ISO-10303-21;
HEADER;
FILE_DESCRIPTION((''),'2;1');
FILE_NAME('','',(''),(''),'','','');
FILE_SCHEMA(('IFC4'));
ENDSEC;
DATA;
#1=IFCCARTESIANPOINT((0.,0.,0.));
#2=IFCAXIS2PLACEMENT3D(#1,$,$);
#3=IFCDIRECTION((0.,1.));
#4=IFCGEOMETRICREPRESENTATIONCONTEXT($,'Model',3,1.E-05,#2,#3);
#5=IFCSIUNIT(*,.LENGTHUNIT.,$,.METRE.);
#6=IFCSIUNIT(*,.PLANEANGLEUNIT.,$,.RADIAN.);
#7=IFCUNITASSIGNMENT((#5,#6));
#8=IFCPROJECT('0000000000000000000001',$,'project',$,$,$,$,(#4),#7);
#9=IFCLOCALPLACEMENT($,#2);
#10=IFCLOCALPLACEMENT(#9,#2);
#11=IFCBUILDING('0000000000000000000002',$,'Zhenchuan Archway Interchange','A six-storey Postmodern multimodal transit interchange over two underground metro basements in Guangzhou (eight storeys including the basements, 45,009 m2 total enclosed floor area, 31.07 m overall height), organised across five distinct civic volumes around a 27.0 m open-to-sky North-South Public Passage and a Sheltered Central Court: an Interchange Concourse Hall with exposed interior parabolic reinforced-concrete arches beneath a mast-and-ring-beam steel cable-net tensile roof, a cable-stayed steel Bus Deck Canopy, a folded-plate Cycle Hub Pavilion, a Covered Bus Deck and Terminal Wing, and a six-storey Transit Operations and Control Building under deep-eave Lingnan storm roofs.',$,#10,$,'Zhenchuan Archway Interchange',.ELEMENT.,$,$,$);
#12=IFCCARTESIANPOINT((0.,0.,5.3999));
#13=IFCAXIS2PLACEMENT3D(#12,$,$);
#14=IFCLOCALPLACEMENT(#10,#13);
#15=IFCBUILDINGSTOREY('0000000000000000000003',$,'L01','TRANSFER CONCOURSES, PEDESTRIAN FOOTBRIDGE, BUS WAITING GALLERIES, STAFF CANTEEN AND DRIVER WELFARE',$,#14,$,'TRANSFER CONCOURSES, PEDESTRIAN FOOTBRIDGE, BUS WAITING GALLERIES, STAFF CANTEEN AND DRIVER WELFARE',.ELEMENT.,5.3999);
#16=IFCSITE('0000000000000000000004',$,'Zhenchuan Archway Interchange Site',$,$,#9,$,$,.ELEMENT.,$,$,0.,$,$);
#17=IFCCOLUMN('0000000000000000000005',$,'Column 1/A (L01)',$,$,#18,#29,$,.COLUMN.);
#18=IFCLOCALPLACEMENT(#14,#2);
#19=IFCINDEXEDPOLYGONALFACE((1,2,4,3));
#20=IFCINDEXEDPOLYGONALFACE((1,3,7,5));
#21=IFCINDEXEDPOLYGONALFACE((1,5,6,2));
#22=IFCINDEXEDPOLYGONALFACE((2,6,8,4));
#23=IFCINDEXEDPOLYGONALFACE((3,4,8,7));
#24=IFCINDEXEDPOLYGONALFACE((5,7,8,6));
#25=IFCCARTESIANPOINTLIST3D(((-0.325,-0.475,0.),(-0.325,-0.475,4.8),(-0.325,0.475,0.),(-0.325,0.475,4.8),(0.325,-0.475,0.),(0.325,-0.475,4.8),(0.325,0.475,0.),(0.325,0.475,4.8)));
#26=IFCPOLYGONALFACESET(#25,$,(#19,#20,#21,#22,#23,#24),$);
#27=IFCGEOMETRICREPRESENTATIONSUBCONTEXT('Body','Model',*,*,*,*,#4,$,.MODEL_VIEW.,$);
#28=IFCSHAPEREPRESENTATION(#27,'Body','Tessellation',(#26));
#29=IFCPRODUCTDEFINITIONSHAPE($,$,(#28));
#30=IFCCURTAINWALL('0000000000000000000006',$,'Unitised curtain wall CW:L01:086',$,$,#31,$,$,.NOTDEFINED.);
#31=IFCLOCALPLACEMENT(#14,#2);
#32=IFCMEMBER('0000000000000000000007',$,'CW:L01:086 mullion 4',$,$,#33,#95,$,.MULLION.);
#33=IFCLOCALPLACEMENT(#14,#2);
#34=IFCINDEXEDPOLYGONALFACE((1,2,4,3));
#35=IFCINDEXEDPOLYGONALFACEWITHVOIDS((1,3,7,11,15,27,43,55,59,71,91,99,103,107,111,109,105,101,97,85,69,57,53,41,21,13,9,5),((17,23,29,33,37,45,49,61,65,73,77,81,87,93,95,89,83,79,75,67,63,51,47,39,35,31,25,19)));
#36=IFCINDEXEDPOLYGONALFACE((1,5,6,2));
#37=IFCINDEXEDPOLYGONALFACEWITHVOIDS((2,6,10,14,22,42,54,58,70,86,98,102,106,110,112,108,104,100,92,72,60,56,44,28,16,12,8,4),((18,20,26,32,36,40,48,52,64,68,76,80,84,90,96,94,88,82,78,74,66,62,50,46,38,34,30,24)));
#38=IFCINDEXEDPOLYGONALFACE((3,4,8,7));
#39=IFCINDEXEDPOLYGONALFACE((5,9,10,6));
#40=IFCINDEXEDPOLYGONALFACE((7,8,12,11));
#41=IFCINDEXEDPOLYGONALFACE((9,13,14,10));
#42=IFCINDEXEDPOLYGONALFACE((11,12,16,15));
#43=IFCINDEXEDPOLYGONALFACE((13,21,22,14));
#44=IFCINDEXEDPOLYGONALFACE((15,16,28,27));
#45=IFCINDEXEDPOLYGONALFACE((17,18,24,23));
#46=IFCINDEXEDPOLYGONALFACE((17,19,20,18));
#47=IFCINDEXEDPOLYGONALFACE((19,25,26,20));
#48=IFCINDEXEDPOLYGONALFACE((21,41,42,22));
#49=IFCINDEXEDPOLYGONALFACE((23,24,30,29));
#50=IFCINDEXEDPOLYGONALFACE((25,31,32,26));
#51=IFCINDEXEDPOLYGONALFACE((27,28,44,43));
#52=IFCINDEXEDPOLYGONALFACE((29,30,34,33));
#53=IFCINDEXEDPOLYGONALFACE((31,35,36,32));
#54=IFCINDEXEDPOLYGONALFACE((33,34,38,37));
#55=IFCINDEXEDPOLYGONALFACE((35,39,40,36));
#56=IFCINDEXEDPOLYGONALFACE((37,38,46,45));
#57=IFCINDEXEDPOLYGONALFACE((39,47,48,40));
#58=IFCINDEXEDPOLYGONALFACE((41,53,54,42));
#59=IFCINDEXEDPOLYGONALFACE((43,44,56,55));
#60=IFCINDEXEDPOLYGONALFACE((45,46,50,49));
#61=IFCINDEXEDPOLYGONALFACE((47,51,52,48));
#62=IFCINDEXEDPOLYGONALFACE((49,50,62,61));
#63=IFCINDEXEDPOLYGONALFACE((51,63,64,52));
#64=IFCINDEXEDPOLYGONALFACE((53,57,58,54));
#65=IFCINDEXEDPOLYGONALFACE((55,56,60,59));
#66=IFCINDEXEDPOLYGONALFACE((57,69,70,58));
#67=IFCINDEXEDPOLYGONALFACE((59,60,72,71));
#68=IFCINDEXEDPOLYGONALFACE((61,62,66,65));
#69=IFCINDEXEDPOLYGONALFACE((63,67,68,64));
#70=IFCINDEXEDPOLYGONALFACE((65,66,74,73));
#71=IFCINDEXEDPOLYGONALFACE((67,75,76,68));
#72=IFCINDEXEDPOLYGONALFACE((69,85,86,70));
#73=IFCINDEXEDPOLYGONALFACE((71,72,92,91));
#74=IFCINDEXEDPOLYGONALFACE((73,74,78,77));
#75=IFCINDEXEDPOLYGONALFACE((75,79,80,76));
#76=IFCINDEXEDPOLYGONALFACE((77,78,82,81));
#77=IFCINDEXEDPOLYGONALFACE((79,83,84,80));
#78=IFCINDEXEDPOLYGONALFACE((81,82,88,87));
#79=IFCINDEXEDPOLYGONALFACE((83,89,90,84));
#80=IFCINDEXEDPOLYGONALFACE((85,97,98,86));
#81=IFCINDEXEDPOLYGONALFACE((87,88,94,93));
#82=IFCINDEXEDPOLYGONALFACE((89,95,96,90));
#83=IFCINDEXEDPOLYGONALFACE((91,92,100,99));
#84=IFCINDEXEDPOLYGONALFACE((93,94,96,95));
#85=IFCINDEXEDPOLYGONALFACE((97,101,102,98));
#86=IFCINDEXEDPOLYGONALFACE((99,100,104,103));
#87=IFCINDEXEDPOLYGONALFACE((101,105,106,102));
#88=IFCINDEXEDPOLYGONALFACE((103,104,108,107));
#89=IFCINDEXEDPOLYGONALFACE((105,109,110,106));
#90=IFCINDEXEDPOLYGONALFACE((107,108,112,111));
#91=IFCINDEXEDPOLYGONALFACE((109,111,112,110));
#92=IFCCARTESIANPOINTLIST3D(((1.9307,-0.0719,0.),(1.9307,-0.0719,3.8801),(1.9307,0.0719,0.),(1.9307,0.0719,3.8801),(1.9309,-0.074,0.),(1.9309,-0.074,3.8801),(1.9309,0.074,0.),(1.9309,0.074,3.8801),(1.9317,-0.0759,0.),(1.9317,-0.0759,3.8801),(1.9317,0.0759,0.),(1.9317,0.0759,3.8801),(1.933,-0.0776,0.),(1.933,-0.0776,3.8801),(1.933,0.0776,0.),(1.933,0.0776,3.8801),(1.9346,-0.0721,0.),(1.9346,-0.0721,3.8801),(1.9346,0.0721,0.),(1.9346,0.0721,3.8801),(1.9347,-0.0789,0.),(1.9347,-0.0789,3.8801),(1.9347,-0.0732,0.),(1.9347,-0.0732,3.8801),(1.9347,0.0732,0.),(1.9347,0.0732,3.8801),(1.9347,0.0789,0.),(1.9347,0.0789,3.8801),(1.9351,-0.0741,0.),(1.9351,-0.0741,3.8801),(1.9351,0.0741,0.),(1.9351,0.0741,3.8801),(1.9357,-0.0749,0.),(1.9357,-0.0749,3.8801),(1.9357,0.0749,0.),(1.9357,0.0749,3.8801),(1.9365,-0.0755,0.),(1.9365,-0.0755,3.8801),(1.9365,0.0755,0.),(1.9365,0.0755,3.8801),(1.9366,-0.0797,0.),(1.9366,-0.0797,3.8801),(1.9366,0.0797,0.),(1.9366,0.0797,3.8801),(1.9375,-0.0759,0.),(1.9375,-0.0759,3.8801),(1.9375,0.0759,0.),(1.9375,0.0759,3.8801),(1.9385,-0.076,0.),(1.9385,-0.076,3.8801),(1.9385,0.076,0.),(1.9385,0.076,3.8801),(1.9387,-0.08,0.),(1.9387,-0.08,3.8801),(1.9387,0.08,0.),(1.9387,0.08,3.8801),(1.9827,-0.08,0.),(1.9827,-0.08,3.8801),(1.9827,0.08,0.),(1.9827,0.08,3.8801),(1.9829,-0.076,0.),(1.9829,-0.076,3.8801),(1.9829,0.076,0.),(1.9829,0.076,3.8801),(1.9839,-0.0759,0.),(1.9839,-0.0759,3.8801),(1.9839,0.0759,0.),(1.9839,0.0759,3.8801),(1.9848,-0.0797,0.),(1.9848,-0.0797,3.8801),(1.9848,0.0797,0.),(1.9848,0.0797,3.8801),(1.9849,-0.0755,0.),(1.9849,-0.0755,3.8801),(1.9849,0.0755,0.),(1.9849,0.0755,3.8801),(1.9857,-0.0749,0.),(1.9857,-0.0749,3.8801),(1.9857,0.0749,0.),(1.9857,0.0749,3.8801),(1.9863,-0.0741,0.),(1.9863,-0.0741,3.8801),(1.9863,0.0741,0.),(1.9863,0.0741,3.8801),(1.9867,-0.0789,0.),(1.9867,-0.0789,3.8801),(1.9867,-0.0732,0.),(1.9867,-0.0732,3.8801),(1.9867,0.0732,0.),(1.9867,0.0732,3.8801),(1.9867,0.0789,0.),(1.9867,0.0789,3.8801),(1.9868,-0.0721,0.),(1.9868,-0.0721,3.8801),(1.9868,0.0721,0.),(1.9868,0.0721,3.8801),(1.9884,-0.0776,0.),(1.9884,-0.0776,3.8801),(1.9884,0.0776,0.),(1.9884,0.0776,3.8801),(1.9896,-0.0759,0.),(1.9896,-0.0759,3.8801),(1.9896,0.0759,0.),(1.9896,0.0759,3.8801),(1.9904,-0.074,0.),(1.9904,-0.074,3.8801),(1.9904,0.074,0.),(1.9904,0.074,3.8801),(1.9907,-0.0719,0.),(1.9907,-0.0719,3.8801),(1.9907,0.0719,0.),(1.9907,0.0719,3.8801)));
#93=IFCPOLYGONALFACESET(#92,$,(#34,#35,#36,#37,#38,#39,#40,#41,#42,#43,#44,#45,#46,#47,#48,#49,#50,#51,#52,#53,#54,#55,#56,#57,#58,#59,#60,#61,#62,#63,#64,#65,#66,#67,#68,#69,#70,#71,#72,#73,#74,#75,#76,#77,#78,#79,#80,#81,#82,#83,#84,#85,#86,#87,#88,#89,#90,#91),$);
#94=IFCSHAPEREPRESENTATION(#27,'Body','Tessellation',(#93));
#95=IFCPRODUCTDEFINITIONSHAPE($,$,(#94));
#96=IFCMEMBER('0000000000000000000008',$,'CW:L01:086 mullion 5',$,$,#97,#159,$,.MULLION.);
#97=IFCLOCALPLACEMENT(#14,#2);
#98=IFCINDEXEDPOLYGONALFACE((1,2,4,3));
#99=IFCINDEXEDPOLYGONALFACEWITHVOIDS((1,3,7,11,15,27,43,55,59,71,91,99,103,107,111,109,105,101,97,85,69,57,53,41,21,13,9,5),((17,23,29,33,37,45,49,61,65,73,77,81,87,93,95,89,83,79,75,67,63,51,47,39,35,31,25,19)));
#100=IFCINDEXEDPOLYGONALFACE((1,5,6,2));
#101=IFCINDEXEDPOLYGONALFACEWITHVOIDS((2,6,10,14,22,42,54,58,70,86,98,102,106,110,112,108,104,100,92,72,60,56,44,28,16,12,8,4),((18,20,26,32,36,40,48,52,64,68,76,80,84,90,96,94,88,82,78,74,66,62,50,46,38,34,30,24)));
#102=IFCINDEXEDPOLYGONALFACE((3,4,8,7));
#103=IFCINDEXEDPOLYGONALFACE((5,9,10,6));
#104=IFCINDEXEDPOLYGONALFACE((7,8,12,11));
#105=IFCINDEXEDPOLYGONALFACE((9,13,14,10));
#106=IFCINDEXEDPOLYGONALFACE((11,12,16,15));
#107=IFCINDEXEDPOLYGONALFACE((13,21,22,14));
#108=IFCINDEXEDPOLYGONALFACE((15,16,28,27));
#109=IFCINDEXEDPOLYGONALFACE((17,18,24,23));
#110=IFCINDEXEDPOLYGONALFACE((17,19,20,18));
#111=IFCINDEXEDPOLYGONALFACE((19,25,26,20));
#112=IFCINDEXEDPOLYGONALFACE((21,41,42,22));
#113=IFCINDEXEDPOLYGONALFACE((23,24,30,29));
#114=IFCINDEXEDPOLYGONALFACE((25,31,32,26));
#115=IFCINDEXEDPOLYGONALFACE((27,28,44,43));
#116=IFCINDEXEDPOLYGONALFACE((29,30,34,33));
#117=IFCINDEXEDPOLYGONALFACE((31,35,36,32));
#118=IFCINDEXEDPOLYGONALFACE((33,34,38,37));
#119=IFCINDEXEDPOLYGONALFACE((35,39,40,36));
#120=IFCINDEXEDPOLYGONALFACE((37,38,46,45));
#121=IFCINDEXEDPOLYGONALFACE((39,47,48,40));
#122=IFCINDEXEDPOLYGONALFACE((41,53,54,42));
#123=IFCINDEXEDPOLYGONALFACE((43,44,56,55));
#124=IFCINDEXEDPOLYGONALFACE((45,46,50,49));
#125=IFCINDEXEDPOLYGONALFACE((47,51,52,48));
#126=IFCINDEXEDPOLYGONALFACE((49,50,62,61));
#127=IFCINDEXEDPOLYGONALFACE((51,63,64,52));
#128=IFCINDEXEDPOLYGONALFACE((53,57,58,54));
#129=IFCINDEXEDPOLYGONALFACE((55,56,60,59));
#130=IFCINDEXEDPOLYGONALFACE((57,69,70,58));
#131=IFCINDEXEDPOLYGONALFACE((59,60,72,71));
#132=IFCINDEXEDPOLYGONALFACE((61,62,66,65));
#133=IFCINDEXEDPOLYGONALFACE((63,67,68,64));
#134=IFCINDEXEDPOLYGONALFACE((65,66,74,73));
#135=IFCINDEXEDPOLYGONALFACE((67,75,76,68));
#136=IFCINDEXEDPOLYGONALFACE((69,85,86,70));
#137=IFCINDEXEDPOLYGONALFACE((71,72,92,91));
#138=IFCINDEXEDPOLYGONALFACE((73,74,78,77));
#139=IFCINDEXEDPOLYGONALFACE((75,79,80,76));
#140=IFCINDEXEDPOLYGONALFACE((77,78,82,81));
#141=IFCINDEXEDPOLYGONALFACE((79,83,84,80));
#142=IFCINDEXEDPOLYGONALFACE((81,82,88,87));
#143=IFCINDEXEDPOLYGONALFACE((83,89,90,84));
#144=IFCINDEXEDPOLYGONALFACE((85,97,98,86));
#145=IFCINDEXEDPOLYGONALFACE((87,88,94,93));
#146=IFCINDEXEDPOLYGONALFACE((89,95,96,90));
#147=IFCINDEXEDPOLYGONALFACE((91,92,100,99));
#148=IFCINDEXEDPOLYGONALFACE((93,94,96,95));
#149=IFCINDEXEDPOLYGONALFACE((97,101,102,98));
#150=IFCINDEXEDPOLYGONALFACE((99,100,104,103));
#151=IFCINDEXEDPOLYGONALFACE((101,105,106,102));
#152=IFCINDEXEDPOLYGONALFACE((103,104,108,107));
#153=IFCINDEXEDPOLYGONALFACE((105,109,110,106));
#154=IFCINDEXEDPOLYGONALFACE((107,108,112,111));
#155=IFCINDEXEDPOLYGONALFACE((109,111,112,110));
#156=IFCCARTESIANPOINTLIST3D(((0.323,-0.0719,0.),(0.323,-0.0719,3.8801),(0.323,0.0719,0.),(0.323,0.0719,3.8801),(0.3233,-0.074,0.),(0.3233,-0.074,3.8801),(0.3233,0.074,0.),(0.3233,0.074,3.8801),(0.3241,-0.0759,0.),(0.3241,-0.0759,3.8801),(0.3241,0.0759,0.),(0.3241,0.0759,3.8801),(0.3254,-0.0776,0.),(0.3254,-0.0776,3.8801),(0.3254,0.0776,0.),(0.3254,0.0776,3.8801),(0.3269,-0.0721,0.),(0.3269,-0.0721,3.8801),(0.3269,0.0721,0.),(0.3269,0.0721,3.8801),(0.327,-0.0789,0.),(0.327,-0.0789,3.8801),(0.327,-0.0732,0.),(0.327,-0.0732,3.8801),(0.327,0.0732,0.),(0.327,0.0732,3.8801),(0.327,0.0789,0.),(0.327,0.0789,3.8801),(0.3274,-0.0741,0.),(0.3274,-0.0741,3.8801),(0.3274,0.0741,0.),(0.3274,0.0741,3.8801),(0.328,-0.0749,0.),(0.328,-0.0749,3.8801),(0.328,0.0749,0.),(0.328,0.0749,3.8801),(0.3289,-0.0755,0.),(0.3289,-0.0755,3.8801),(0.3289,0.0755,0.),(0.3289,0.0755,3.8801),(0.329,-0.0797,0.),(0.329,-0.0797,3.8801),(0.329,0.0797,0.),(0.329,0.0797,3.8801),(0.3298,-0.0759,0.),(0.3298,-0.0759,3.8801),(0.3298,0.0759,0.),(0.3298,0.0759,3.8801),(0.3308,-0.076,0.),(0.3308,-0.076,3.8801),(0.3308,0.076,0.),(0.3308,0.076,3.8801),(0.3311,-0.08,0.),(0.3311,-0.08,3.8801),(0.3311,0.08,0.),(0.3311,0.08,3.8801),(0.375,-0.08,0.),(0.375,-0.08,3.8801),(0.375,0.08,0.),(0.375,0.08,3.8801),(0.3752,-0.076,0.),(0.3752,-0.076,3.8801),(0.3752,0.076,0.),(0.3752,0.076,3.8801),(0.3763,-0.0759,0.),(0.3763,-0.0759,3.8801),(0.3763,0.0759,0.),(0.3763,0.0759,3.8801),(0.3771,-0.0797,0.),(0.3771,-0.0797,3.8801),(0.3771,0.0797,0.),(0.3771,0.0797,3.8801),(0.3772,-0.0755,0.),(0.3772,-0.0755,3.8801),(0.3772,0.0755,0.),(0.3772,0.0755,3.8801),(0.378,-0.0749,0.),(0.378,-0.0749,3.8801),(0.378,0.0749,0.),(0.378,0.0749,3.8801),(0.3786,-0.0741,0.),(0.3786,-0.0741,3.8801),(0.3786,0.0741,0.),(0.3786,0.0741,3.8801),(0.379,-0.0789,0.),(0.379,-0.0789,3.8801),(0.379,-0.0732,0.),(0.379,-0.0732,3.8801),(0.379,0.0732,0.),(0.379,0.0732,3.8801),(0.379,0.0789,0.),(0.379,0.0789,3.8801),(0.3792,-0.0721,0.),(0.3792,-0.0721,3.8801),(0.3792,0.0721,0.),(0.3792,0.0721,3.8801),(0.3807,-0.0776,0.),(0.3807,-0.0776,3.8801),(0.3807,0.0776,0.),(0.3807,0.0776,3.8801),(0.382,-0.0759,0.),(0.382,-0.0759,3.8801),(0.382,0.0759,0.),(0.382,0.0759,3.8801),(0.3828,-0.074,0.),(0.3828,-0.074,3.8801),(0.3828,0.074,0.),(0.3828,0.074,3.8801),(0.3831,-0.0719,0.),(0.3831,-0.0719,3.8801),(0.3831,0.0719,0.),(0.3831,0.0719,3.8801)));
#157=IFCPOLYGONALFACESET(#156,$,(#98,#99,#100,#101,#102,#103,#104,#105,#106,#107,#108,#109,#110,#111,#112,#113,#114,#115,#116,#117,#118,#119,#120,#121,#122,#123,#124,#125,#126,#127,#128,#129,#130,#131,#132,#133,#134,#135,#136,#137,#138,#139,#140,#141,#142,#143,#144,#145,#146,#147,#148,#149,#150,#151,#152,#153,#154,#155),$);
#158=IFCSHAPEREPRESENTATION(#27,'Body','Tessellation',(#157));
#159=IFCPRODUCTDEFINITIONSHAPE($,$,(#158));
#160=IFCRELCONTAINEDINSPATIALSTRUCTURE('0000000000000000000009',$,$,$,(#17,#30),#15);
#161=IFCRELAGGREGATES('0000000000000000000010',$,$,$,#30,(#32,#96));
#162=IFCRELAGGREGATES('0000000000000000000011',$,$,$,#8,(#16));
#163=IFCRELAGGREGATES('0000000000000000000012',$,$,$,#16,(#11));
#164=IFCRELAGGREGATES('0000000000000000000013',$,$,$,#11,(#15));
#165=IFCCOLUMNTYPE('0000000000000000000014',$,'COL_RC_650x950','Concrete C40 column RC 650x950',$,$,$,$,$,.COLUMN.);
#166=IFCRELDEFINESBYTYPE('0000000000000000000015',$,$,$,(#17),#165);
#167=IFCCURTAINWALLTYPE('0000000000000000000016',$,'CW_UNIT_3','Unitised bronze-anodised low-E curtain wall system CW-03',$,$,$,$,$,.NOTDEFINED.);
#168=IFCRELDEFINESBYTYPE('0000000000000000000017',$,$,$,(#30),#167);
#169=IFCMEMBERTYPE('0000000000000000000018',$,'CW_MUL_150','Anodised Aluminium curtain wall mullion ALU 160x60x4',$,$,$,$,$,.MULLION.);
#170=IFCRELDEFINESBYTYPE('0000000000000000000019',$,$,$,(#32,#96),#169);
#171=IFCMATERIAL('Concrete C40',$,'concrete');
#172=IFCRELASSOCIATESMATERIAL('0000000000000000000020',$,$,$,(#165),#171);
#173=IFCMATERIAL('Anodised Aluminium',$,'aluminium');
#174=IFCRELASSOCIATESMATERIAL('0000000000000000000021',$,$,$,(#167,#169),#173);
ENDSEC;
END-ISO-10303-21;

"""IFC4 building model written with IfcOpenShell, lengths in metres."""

from ifc_helpers import new_model, si_unit, direction, frame, origin, origin_with_axes, origin_2d, place, context, subcontext, project, spatial, rectangle, hollow_rectangle, extrude, material, material_profile, profile_set, type_object, element, aggregate, save


model = new_model("IFC4")

# Units and contexts
model_context = context("Model", 3, precision=1e-05, world=origin(), true_north=direction((0.0, 1.0)))
body_context = subcontext(model_context, "Body", "Model", "MODEL_VIEW")
ifc_project = project(units=[si_unit("LENGTHUNIT", "METRE"), si_unit("PLANEANGLEUNIT", "RADIAN")], contexts=[model_context])

# Site, building, storey
site_placement = place(None, origin())
site = spatial("IfcSite", under=ifc_project, at=site_placement, Name="Zhenchuan Archway Interchange Site", CompositionType="ELEMENT", RefElevation=0.0)
building_placement = place(site_placement, origin())
building = spatial("IfcBuilding", under=site, at=building_placement, Name="Zhenchuan Archway Interchange", Description="A six-storey Postmodern multimodal transit interchange over two underground metro basements in Guangzhou (eight storeys including the basements, 45,009 m2 total enclosed floor area, 31.07 m overall height), organised across five distinct civic volumes around a 27.0 m open-to-sky North-South Public Passage and a Sheltered Central Court: an Interchange Concourse Hall with exposed interior parabolic reinforced-concrete arches beneath a mast-and-ring-beam steel cable-net tensile roof, a cable-stayed steel Bus Deck Canopy, a folded-plate Cycle Hub Pavilion, a Covered Bus Deck and Terminal Wing, and a six-storey Transit Operations and Control Building under deep-eave Lingnan storm roofs.", LongName="Zhenchuan Archway Interchange", CompositionType="ELEMENT")
storey_placement = place(building_placement, frame((0.0, 0.0, 5.3999)))
storey = spatial("IfcBuildingStorey", under=building, at=storey_placement, Name="L01", Description="TRANSFER CONCOURSES, PEDESTRIAN FOOTBRIDGE, BUS WAITING GALLERIES, STAFF CANTEEN AND DRIVER WELFARE", LongName="TRANSFER CONCOURSES, PEDESTRIAN FOOTBRIDGE, BUS WAITING GALLERIES, STAFF CANTEEN AND DRIVER WELFARE", CompositionType="ELEMENT", Elevation=5.3999)

# Column
ifc_material_1 = material(Name="Concrete C40", Category="concrete")
ifc_material_profile_1 = material_profile(ifc_material_1, rectangle(XDim=0.6499, YDim=0.95, at=origin_2d()), Name="RC 650x950")
ifc_profile_set_1 = profile_set([ifc_material_profile_1], Name="Concrete C40")
column_type = type_object("IfcColumnType", Name="COL_RC_650x950", Description="Concrete C40 column RC 650x950", PredefinedType="COLUMN", material=ifc_profile_set_1)
column_placement = place(storey_placement, origin_with_axes())
element("IfcColumn", 1, at=column_placement, inside=storey, type_object=column_type, Name="Column 1/A (L01)", PredefinedType="COLUMN", context=body_context, shape_type="SweptSolid", body=[
    extrude(rectangle(XDim=0.6499, YDim=0.95, at=origin_2d()), origin(), (0.0, 0.0, 1.0), 4.8),
])

# Curtain wall, members
ifc_material_2 = material(Name="Anodised Aluminium", Category="aluminium")
curtain_wall_type_1 = type_object("IfcCurtainWallType", Name="CW_UNIT_3", Description="Unitised bronze-anodised low-E curtain wall system CW-03", PredefinedType="NOTDEFINED", material=ifc_material_2)
curtain_wall_1_placement = place(storey_placement, origin())
curtain_wall_1 = element("IfcCurtainWall", 2, at=curtain_wall_1_placement, inside=storey, type_object=curtain_wall_type_1, Name="Unitised curtain wall CW:L01:086", PredefinedType="NOTDEFINED")
ifc_material_profile_2 = material_profile(ifc_material_2, hollow_rectangle(XDim=0.0601, YDim=0.1599, WallThickness=0.0039, InnerFilletRadius=0.0039, OuterFilletRadius=0.0081, at=origin_2d()), Name="ALU 160x60x4")
ifc_profile_set_2 = profile_set([ifc_material_profile_2], Name="Anodised Aluminium")
member_type = type_object("IfcMemberType", Name="CW_MUL_150", Description="Anodised Aluminium curtain wall mullion ALU 160x60x4", PredefinedType="MULLION", material=ifc_profile_set_2)
member_1_placement = place(storey_placement, frame((1.9607, 0.0, 0.0), z_axis=(0.0, 0.0, 1.0), x_axis=(1.0, 0.0, 0.0)))
member_1 = element("IfcMember", 3, at=member_1_placement, type_object=member_type, Name="CW:L01:086 mullion 4", PredefinedType="MULLION", context=body_context, shape_type="SweptSolid", body=[
    extrude(hollow_rectangle(XDim=0.0601, YDim=0.1599, WallThickness=0.0039, InnerFilletRadius=0.0039, OuterFilletRadius=0.0081, at=origin_2d()), origin(), (0.0, 0.0, 1.0), 3.8801),
])
member_2_placement = place(storey_placement, frame((0.353, 0.0, 0.0), z_axis=(0.0, 0.0, 1.0), x_axis=(1.0, 0.0, 0.0)))
member_2 = element("IfcMember", 4, at=member_2_placement, type_object=member_type, Name="CW:L01:086 mullion 5", PredefinedType="MULLION", context=body_context, shape_type="SweptSolid", body=[
    extrude(hollow_rectangle(XDim=0.0601, YDim=0.1599, WallThickness=0.0039, InnerFilletRadius=0.0039, OuterFilletRadius=0.0081, at=origin_2d()), origin(), (0.0, 0.0, 1.0), 3.8801),
])
aggregate(curtain_wall_1, [member_1, member_2])

save(model, "model.ifc")
